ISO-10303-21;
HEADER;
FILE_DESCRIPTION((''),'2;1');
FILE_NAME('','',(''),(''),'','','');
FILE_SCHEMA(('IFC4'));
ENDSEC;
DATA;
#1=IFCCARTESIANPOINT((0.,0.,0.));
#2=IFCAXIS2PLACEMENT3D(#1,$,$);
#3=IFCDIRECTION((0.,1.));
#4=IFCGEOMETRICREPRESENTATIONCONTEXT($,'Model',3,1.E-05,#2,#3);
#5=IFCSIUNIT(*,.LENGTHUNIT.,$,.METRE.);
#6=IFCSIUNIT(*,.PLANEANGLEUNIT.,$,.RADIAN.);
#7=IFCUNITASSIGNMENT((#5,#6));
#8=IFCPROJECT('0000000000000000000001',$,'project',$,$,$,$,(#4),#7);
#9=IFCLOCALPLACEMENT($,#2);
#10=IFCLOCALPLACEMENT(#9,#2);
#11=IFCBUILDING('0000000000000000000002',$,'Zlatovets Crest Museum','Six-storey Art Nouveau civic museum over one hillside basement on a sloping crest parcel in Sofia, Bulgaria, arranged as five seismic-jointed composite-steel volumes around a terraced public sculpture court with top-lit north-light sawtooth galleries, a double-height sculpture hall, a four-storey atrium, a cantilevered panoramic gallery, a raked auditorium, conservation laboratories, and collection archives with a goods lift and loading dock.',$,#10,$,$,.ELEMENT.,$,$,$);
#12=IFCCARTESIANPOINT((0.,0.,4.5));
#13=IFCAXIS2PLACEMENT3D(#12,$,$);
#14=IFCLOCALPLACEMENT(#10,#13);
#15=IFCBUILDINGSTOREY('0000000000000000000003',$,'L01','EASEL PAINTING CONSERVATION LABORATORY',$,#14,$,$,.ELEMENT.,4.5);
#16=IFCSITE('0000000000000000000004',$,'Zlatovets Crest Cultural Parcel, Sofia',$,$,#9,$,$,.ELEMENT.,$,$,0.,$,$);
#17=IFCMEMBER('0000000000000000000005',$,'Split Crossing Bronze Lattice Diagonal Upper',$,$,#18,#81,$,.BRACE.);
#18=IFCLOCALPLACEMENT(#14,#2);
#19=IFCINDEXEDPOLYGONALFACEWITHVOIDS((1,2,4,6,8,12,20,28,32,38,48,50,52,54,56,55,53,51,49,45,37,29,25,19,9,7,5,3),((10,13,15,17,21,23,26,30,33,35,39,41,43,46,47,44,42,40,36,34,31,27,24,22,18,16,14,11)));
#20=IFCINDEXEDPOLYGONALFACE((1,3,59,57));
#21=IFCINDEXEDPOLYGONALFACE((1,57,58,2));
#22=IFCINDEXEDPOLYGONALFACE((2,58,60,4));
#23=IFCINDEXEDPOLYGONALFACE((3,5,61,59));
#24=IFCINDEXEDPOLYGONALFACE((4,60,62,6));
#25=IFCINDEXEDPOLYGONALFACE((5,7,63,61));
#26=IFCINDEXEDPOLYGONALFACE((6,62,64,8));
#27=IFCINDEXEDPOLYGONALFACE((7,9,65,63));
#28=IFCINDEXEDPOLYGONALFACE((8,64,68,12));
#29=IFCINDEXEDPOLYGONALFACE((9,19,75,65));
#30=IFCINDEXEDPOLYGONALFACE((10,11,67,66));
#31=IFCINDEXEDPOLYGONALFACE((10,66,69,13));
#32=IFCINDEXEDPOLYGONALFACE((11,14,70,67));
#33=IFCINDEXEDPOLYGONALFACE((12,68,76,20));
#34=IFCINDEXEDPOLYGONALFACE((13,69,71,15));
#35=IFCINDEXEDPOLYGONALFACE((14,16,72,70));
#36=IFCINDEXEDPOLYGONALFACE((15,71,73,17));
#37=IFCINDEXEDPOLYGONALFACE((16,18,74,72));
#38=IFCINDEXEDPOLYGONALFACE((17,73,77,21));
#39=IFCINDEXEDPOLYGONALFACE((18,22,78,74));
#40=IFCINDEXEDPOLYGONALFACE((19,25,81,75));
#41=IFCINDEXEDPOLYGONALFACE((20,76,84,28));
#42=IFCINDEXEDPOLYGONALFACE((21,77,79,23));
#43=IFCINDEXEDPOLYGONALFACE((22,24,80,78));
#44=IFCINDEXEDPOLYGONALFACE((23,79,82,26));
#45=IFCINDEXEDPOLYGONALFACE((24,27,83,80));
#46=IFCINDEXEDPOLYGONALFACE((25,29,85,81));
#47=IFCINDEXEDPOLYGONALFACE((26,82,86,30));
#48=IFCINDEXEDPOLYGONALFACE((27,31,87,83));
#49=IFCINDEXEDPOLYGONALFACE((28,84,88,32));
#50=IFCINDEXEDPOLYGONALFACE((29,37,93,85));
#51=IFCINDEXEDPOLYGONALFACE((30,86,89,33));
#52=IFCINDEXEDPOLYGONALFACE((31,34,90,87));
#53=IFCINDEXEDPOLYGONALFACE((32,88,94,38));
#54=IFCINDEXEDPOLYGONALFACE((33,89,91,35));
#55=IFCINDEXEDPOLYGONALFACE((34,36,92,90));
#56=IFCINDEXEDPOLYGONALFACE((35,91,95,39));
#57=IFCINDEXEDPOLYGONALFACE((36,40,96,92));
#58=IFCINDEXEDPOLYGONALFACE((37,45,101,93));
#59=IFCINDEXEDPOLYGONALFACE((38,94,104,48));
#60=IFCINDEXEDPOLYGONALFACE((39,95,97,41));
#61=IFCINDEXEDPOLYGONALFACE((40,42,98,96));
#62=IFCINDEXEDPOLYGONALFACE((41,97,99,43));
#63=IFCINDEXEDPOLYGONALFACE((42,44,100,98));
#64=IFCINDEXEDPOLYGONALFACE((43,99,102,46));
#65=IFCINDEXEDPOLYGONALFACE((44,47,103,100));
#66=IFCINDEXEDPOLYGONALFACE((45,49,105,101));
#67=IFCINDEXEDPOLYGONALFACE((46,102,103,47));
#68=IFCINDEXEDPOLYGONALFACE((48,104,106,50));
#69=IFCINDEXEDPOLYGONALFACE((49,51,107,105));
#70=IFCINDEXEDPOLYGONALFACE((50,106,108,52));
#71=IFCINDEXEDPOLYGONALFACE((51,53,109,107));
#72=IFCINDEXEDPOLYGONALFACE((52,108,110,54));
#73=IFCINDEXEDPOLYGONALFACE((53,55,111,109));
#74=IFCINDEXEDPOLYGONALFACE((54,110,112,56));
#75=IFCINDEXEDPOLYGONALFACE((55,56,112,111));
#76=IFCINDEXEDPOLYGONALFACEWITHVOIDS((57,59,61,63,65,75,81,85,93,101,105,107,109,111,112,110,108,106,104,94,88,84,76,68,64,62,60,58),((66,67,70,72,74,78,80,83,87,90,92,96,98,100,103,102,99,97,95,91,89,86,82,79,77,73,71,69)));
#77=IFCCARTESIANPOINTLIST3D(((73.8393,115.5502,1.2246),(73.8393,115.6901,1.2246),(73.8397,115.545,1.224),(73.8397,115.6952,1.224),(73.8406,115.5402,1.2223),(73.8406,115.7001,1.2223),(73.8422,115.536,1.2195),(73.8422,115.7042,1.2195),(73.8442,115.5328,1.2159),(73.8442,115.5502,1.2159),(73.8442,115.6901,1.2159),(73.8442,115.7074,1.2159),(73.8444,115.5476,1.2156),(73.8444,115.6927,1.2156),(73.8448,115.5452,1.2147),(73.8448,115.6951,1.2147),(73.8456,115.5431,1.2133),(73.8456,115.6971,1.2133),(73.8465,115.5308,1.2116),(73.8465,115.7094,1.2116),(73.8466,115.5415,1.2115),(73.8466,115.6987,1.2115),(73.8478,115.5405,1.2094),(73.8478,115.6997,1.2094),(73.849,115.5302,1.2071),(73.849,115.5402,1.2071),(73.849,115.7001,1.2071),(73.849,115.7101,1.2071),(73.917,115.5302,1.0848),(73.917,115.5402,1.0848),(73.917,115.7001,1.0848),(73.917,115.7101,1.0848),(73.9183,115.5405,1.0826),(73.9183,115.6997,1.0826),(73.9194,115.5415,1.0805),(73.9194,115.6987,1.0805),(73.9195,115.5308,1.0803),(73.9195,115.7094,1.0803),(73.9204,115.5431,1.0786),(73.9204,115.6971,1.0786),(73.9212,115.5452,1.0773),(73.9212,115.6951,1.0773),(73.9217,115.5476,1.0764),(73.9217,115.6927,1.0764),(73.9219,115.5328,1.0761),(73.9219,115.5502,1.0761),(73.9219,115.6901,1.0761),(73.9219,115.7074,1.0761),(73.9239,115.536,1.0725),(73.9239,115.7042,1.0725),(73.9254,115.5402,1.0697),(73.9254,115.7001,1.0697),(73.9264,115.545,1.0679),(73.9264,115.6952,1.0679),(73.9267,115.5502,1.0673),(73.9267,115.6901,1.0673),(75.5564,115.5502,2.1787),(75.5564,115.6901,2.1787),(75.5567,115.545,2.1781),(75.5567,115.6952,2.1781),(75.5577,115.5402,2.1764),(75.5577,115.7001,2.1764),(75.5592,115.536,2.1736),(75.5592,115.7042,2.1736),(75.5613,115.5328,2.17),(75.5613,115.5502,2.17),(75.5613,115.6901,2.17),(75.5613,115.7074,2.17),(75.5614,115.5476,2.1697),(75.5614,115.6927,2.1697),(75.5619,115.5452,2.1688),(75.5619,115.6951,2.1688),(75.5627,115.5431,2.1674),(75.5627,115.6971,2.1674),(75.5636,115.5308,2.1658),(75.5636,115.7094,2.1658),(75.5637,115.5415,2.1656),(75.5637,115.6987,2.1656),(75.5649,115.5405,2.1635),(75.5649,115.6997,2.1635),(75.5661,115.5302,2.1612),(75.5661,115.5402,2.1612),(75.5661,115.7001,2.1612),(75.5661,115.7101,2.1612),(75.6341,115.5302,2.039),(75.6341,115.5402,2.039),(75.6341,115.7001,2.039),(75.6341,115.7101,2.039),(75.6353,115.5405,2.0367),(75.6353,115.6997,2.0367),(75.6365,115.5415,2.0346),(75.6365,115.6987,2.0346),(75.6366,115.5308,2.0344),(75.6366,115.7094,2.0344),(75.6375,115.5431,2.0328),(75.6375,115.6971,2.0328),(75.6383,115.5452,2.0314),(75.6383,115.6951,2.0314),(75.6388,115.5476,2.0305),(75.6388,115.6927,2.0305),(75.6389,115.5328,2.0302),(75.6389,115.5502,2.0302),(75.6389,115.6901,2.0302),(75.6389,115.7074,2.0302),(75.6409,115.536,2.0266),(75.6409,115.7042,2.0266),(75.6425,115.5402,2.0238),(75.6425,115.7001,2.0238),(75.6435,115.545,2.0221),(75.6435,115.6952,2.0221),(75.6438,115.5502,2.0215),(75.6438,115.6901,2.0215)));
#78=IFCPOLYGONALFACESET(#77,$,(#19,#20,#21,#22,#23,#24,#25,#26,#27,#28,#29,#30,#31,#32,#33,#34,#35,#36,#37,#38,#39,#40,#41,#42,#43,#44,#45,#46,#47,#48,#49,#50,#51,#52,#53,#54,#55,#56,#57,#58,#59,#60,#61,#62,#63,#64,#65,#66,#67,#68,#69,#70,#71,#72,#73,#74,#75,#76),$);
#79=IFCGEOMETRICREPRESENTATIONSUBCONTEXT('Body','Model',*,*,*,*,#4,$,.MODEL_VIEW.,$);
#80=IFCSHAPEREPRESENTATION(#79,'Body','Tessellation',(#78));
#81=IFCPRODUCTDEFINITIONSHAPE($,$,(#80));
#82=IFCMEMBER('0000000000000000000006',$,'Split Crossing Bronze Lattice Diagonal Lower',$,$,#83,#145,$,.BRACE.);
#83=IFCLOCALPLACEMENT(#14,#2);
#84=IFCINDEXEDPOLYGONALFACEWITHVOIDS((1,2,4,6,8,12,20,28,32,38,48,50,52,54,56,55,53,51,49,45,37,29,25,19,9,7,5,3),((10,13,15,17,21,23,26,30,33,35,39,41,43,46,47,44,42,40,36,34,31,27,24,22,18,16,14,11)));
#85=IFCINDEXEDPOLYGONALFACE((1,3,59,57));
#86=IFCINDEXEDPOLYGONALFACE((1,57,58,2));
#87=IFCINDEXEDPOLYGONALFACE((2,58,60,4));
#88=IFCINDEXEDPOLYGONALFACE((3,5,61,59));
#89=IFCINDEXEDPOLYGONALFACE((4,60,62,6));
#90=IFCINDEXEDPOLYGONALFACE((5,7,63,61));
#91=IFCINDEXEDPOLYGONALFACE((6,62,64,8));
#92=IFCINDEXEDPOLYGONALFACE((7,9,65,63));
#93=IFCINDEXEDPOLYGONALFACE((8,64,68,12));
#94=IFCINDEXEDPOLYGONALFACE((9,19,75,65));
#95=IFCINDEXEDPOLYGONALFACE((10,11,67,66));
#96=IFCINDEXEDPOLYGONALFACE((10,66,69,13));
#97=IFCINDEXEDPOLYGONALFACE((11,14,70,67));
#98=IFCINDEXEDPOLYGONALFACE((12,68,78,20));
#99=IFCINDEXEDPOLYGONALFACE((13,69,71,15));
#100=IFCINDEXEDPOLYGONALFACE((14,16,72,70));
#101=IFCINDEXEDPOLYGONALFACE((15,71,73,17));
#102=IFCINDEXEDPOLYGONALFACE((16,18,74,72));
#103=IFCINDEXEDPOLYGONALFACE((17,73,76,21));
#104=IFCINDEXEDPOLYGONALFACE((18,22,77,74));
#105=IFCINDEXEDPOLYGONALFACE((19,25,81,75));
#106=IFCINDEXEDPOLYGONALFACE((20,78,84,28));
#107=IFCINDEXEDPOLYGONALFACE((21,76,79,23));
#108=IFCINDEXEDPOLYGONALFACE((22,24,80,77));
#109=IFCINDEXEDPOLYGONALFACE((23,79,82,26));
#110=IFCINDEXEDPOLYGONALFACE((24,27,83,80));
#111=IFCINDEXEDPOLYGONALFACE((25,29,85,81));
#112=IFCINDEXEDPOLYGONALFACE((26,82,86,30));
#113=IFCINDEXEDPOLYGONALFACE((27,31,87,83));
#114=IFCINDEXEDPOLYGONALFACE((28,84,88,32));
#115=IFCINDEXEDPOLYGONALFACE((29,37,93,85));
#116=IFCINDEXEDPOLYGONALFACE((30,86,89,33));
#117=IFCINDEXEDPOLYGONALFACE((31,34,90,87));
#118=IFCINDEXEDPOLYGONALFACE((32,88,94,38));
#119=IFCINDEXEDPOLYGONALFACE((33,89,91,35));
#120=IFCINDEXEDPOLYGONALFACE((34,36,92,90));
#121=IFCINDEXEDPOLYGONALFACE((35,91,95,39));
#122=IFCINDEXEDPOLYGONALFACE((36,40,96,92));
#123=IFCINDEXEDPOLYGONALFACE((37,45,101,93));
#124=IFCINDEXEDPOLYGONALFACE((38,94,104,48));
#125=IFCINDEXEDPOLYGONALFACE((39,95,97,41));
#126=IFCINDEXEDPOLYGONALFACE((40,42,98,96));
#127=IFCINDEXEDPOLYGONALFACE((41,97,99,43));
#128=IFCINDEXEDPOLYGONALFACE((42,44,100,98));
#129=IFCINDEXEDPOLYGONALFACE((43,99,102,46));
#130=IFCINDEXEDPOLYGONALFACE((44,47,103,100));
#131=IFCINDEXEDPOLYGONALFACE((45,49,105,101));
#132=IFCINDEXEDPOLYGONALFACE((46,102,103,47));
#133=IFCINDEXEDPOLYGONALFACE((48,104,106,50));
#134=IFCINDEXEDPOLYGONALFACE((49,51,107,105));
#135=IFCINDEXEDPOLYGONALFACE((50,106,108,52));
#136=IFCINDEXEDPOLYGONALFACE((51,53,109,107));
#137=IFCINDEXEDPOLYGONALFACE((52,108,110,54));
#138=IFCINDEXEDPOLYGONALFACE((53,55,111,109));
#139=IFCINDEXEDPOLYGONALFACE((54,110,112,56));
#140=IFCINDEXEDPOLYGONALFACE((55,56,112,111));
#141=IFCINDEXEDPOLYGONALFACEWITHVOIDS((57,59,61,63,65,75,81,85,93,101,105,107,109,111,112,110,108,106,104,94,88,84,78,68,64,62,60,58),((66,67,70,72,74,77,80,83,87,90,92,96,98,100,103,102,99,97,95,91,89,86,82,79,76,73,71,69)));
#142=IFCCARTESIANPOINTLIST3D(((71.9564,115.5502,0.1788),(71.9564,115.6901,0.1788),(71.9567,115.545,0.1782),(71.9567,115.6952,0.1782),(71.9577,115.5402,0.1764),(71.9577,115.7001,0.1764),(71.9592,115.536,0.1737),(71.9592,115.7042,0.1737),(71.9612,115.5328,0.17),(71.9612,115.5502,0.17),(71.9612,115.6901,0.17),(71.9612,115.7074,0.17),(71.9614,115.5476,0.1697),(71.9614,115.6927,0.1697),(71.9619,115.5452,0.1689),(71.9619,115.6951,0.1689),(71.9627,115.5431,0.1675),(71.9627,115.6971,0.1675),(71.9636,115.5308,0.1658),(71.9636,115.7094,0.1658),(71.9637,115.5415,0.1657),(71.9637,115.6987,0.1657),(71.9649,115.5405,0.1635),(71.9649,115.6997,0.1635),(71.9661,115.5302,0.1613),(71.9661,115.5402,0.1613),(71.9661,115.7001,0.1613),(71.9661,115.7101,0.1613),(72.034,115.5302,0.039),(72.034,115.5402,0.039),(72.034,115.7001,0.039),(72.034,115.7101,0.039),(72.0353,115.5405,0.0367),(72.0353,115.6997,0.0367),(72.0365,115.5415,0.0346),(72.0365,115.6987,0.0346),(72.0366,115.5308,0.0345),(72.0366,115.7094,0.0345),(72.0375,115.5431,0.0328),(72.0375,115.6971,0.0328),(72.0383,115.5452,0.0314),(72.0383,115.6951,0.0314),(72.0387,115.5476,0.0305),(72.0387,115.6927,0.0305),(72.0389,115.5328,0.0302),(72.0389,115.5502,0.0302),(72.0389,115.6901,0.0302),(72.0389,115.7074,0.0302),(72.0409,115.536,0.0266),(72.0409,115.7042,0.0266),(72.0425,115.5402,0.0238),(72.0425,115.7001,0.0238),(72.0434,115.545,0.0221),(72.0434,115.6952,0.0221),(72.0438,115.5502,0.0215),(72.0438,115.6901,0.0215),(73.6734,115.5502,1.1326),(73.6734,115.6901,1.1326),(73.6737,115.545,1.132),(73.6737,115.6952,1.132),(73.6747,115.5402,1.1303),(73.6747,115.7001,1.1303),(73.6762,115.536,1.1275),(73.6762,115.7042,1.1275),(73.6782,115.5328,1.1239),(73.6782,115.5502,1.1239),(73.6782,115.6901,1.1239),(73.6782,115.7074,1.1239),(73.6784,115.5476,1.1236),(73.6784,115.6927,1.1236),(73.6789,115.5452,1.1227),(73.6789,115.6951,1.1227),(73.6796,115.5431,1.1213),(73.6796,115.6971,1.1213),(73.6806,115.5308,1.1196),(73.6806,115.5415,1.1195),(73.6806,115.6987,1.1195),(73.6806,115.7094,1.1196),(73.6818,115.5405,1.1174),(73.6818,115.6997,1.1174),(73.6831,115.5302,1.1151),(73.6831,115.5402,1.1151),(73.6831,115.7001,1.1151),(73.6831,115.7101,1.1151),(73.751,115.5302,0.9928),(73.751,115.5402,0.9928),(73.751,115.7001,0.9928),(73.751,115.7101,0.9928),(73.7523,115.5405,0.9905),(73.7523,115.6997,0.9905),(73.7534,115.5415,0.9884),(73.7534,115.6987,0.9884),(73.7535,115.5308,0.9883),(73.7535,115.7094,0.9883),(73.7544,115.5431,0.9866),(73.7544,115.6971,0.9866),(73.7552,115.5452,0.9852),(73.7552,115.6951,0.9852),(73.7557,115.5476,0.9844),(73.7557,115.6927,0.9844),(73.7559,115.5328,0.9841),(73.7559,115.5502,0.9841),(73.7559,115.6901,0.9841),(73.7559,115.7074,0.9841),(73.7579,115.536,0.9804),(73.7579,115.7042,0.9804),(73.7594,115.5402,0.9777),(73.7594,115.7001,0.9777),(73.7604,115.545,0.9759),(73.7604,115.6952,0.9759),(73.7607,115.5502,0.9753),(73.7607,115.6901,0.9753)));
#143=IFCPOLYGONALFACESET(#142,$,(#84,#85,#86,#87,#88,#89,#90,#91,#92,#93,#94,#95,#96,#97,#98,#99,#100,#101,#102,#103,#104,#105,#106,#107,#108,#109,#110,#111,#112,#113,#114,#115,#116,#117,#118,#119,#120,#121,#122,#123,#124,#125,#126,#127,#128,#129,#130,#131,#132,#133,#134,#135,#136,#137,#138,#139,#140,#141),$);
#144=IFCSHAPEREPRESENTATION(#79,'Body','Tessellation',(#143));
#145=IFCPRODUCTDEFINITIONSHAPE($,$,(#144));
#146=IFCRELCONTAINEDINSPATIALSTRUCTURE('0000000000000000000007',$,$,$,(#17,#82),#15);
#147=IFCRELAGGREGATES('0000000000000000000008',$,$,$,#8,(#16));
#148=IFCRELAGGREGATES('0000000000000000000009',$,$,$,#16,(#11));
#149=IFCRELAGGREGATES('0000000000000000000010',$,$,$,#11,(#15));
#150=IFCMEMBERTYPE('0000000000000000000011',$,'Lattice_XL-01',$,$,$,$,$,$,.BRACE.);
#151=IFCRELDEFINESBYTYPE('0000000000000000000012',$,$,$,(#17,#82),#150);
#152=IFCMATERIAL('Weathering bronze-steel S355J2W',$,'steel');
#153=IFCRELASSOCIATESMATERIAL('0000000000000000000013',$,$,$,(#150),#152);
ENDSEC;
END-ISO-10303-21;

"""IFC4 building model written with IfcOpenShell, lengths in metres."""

from ifc_helpers import new_model, si_unit, direction, frame, origin, origin_2d, place, context, subcontext, project, spatial, hollow_rectangle, extrude, material, material_profile, profile_set, type_object, element, save


model = new_model("IFC4")

# Units and contexts
model_context = context("Model", 3, precision=1e-05, world=origin(), true_north=direction((0.0, 1.0)))
body_context = subcontext(model_context, "Body", "Model", "MODEL_VIEW")
ifc_project = project(units=[si_unit("LENGTHUNIT", "METRE"), si_unit("PLANEANGLEUNIT", "RADIAN")], contexts=[model_context])

# Site, building, storey
site_placement = place(None, origin())
site = spatial("IfcSite", under=ifc_project, at=site_placement, Name="Zlatovets Crest Cultural Parcel, Sofia", CompositionType="ELEMENT", RefElevation=0.0)
building_placement = place(site_placement, origin())
building = spatial("IfcBuilding", under=site, at=building_placement, Name="Zlatovets Crest Museum", Description="Six-storey Art Nouveau civic museum over one hillside basement on a sloping crest parcel in Sofia, Bulgaria, arranged as five seismic-jointed composite-steel volumes around a terraced public sculpture court with top-lit north-light sawtooth galleries, a double-height sculpture hall, a four-storey atrium, a cantilevered panoramic gallery, a raked auditorium, conservation laboratories, and collection archives with a goods lift and loading dock.", CompositionType="ELEMENT")
storey_placement = place(building_placement, frame((0.0, 0.0, 4.5)))
storey = spatial("IfcBuildingStorey", under=building, at=storey_placement, Name="L01", Description="EASEL PAINTING CONSERVATION LABORATORY", CompositionType="ELEMENT", Elevation=4.5)

# Members
ifc_material_1 = material(Name="Weathering bronze-steel S355J2W", Category="steel")
ifc_material_profile_1 = material_profile(ifc_material_1, hollow_rectangle(XDim=0.1799, YDim=0.1799, WallThickness=0.01, InnerFilletRadius=0.01, OuterFilletRadius=0.02, at=origin_2d()), Name="SHS 180x180x10.0")
ifc_profile_set_1 = profile_set([ifc_material_profile_1], Name="Weathering bronze-steel S355J2W")
member_type_1 = type_object("IfcMemberType", Name="Lattice_XL-01", PredefinedType="BRACE", material=ifc_profile_set_1)
member_1_placement = place(storey_placement, frame((75.6001, 115.6201, 2.1001), z_axis=(-0.874116, 0.0, -0.485717), x_axis=(0.0, -1.0, 0.0)))
element("IfcMember", 1, at=member_1_placement, inside=storey, type_object=member_type_1, Name="Split Crossing Bronze Lattice Diagonal Upper", PredefinedType="BRACE", context=body_context, shape_type="SweptSolid", body=[
    extrude(hollow_rectangle(XDim=0.1799, YDim=0.1799, WallThickness=0.01, InnerFilletRadius=0.01, OuterFilletRadius=0.02, at=origin_2d()), origin(), (0.0, 0.0, 1.0), 1.9644),
])
member_2_placement = place(storey_placement, frame((73.717, 115.6201, 1.054), z_axis=(-0.874169, 0.0, -0.485622), x_axis=(0.0, -1.0, 0.0)))
element("IfcMember", 2, at=member_2_placement, inside=storey, type_object=member_type_1, Name="Split Crossing Bronze Lattice Diagonal Lower", PredefinedType="BRACE", context=body_context, shape_type="SweptSolid", body=[
    extrude(hollow_rectangle(XDim=0.1799, YDim=0.1799, WallThickness=0.01, InnerFilletRadius=0.01, OuterFilletRadius=0.02, at=origin_2d()), origin(), (0.0, 0.0, 1.0), 1.9641),
])

save(model, "model.ifc")
